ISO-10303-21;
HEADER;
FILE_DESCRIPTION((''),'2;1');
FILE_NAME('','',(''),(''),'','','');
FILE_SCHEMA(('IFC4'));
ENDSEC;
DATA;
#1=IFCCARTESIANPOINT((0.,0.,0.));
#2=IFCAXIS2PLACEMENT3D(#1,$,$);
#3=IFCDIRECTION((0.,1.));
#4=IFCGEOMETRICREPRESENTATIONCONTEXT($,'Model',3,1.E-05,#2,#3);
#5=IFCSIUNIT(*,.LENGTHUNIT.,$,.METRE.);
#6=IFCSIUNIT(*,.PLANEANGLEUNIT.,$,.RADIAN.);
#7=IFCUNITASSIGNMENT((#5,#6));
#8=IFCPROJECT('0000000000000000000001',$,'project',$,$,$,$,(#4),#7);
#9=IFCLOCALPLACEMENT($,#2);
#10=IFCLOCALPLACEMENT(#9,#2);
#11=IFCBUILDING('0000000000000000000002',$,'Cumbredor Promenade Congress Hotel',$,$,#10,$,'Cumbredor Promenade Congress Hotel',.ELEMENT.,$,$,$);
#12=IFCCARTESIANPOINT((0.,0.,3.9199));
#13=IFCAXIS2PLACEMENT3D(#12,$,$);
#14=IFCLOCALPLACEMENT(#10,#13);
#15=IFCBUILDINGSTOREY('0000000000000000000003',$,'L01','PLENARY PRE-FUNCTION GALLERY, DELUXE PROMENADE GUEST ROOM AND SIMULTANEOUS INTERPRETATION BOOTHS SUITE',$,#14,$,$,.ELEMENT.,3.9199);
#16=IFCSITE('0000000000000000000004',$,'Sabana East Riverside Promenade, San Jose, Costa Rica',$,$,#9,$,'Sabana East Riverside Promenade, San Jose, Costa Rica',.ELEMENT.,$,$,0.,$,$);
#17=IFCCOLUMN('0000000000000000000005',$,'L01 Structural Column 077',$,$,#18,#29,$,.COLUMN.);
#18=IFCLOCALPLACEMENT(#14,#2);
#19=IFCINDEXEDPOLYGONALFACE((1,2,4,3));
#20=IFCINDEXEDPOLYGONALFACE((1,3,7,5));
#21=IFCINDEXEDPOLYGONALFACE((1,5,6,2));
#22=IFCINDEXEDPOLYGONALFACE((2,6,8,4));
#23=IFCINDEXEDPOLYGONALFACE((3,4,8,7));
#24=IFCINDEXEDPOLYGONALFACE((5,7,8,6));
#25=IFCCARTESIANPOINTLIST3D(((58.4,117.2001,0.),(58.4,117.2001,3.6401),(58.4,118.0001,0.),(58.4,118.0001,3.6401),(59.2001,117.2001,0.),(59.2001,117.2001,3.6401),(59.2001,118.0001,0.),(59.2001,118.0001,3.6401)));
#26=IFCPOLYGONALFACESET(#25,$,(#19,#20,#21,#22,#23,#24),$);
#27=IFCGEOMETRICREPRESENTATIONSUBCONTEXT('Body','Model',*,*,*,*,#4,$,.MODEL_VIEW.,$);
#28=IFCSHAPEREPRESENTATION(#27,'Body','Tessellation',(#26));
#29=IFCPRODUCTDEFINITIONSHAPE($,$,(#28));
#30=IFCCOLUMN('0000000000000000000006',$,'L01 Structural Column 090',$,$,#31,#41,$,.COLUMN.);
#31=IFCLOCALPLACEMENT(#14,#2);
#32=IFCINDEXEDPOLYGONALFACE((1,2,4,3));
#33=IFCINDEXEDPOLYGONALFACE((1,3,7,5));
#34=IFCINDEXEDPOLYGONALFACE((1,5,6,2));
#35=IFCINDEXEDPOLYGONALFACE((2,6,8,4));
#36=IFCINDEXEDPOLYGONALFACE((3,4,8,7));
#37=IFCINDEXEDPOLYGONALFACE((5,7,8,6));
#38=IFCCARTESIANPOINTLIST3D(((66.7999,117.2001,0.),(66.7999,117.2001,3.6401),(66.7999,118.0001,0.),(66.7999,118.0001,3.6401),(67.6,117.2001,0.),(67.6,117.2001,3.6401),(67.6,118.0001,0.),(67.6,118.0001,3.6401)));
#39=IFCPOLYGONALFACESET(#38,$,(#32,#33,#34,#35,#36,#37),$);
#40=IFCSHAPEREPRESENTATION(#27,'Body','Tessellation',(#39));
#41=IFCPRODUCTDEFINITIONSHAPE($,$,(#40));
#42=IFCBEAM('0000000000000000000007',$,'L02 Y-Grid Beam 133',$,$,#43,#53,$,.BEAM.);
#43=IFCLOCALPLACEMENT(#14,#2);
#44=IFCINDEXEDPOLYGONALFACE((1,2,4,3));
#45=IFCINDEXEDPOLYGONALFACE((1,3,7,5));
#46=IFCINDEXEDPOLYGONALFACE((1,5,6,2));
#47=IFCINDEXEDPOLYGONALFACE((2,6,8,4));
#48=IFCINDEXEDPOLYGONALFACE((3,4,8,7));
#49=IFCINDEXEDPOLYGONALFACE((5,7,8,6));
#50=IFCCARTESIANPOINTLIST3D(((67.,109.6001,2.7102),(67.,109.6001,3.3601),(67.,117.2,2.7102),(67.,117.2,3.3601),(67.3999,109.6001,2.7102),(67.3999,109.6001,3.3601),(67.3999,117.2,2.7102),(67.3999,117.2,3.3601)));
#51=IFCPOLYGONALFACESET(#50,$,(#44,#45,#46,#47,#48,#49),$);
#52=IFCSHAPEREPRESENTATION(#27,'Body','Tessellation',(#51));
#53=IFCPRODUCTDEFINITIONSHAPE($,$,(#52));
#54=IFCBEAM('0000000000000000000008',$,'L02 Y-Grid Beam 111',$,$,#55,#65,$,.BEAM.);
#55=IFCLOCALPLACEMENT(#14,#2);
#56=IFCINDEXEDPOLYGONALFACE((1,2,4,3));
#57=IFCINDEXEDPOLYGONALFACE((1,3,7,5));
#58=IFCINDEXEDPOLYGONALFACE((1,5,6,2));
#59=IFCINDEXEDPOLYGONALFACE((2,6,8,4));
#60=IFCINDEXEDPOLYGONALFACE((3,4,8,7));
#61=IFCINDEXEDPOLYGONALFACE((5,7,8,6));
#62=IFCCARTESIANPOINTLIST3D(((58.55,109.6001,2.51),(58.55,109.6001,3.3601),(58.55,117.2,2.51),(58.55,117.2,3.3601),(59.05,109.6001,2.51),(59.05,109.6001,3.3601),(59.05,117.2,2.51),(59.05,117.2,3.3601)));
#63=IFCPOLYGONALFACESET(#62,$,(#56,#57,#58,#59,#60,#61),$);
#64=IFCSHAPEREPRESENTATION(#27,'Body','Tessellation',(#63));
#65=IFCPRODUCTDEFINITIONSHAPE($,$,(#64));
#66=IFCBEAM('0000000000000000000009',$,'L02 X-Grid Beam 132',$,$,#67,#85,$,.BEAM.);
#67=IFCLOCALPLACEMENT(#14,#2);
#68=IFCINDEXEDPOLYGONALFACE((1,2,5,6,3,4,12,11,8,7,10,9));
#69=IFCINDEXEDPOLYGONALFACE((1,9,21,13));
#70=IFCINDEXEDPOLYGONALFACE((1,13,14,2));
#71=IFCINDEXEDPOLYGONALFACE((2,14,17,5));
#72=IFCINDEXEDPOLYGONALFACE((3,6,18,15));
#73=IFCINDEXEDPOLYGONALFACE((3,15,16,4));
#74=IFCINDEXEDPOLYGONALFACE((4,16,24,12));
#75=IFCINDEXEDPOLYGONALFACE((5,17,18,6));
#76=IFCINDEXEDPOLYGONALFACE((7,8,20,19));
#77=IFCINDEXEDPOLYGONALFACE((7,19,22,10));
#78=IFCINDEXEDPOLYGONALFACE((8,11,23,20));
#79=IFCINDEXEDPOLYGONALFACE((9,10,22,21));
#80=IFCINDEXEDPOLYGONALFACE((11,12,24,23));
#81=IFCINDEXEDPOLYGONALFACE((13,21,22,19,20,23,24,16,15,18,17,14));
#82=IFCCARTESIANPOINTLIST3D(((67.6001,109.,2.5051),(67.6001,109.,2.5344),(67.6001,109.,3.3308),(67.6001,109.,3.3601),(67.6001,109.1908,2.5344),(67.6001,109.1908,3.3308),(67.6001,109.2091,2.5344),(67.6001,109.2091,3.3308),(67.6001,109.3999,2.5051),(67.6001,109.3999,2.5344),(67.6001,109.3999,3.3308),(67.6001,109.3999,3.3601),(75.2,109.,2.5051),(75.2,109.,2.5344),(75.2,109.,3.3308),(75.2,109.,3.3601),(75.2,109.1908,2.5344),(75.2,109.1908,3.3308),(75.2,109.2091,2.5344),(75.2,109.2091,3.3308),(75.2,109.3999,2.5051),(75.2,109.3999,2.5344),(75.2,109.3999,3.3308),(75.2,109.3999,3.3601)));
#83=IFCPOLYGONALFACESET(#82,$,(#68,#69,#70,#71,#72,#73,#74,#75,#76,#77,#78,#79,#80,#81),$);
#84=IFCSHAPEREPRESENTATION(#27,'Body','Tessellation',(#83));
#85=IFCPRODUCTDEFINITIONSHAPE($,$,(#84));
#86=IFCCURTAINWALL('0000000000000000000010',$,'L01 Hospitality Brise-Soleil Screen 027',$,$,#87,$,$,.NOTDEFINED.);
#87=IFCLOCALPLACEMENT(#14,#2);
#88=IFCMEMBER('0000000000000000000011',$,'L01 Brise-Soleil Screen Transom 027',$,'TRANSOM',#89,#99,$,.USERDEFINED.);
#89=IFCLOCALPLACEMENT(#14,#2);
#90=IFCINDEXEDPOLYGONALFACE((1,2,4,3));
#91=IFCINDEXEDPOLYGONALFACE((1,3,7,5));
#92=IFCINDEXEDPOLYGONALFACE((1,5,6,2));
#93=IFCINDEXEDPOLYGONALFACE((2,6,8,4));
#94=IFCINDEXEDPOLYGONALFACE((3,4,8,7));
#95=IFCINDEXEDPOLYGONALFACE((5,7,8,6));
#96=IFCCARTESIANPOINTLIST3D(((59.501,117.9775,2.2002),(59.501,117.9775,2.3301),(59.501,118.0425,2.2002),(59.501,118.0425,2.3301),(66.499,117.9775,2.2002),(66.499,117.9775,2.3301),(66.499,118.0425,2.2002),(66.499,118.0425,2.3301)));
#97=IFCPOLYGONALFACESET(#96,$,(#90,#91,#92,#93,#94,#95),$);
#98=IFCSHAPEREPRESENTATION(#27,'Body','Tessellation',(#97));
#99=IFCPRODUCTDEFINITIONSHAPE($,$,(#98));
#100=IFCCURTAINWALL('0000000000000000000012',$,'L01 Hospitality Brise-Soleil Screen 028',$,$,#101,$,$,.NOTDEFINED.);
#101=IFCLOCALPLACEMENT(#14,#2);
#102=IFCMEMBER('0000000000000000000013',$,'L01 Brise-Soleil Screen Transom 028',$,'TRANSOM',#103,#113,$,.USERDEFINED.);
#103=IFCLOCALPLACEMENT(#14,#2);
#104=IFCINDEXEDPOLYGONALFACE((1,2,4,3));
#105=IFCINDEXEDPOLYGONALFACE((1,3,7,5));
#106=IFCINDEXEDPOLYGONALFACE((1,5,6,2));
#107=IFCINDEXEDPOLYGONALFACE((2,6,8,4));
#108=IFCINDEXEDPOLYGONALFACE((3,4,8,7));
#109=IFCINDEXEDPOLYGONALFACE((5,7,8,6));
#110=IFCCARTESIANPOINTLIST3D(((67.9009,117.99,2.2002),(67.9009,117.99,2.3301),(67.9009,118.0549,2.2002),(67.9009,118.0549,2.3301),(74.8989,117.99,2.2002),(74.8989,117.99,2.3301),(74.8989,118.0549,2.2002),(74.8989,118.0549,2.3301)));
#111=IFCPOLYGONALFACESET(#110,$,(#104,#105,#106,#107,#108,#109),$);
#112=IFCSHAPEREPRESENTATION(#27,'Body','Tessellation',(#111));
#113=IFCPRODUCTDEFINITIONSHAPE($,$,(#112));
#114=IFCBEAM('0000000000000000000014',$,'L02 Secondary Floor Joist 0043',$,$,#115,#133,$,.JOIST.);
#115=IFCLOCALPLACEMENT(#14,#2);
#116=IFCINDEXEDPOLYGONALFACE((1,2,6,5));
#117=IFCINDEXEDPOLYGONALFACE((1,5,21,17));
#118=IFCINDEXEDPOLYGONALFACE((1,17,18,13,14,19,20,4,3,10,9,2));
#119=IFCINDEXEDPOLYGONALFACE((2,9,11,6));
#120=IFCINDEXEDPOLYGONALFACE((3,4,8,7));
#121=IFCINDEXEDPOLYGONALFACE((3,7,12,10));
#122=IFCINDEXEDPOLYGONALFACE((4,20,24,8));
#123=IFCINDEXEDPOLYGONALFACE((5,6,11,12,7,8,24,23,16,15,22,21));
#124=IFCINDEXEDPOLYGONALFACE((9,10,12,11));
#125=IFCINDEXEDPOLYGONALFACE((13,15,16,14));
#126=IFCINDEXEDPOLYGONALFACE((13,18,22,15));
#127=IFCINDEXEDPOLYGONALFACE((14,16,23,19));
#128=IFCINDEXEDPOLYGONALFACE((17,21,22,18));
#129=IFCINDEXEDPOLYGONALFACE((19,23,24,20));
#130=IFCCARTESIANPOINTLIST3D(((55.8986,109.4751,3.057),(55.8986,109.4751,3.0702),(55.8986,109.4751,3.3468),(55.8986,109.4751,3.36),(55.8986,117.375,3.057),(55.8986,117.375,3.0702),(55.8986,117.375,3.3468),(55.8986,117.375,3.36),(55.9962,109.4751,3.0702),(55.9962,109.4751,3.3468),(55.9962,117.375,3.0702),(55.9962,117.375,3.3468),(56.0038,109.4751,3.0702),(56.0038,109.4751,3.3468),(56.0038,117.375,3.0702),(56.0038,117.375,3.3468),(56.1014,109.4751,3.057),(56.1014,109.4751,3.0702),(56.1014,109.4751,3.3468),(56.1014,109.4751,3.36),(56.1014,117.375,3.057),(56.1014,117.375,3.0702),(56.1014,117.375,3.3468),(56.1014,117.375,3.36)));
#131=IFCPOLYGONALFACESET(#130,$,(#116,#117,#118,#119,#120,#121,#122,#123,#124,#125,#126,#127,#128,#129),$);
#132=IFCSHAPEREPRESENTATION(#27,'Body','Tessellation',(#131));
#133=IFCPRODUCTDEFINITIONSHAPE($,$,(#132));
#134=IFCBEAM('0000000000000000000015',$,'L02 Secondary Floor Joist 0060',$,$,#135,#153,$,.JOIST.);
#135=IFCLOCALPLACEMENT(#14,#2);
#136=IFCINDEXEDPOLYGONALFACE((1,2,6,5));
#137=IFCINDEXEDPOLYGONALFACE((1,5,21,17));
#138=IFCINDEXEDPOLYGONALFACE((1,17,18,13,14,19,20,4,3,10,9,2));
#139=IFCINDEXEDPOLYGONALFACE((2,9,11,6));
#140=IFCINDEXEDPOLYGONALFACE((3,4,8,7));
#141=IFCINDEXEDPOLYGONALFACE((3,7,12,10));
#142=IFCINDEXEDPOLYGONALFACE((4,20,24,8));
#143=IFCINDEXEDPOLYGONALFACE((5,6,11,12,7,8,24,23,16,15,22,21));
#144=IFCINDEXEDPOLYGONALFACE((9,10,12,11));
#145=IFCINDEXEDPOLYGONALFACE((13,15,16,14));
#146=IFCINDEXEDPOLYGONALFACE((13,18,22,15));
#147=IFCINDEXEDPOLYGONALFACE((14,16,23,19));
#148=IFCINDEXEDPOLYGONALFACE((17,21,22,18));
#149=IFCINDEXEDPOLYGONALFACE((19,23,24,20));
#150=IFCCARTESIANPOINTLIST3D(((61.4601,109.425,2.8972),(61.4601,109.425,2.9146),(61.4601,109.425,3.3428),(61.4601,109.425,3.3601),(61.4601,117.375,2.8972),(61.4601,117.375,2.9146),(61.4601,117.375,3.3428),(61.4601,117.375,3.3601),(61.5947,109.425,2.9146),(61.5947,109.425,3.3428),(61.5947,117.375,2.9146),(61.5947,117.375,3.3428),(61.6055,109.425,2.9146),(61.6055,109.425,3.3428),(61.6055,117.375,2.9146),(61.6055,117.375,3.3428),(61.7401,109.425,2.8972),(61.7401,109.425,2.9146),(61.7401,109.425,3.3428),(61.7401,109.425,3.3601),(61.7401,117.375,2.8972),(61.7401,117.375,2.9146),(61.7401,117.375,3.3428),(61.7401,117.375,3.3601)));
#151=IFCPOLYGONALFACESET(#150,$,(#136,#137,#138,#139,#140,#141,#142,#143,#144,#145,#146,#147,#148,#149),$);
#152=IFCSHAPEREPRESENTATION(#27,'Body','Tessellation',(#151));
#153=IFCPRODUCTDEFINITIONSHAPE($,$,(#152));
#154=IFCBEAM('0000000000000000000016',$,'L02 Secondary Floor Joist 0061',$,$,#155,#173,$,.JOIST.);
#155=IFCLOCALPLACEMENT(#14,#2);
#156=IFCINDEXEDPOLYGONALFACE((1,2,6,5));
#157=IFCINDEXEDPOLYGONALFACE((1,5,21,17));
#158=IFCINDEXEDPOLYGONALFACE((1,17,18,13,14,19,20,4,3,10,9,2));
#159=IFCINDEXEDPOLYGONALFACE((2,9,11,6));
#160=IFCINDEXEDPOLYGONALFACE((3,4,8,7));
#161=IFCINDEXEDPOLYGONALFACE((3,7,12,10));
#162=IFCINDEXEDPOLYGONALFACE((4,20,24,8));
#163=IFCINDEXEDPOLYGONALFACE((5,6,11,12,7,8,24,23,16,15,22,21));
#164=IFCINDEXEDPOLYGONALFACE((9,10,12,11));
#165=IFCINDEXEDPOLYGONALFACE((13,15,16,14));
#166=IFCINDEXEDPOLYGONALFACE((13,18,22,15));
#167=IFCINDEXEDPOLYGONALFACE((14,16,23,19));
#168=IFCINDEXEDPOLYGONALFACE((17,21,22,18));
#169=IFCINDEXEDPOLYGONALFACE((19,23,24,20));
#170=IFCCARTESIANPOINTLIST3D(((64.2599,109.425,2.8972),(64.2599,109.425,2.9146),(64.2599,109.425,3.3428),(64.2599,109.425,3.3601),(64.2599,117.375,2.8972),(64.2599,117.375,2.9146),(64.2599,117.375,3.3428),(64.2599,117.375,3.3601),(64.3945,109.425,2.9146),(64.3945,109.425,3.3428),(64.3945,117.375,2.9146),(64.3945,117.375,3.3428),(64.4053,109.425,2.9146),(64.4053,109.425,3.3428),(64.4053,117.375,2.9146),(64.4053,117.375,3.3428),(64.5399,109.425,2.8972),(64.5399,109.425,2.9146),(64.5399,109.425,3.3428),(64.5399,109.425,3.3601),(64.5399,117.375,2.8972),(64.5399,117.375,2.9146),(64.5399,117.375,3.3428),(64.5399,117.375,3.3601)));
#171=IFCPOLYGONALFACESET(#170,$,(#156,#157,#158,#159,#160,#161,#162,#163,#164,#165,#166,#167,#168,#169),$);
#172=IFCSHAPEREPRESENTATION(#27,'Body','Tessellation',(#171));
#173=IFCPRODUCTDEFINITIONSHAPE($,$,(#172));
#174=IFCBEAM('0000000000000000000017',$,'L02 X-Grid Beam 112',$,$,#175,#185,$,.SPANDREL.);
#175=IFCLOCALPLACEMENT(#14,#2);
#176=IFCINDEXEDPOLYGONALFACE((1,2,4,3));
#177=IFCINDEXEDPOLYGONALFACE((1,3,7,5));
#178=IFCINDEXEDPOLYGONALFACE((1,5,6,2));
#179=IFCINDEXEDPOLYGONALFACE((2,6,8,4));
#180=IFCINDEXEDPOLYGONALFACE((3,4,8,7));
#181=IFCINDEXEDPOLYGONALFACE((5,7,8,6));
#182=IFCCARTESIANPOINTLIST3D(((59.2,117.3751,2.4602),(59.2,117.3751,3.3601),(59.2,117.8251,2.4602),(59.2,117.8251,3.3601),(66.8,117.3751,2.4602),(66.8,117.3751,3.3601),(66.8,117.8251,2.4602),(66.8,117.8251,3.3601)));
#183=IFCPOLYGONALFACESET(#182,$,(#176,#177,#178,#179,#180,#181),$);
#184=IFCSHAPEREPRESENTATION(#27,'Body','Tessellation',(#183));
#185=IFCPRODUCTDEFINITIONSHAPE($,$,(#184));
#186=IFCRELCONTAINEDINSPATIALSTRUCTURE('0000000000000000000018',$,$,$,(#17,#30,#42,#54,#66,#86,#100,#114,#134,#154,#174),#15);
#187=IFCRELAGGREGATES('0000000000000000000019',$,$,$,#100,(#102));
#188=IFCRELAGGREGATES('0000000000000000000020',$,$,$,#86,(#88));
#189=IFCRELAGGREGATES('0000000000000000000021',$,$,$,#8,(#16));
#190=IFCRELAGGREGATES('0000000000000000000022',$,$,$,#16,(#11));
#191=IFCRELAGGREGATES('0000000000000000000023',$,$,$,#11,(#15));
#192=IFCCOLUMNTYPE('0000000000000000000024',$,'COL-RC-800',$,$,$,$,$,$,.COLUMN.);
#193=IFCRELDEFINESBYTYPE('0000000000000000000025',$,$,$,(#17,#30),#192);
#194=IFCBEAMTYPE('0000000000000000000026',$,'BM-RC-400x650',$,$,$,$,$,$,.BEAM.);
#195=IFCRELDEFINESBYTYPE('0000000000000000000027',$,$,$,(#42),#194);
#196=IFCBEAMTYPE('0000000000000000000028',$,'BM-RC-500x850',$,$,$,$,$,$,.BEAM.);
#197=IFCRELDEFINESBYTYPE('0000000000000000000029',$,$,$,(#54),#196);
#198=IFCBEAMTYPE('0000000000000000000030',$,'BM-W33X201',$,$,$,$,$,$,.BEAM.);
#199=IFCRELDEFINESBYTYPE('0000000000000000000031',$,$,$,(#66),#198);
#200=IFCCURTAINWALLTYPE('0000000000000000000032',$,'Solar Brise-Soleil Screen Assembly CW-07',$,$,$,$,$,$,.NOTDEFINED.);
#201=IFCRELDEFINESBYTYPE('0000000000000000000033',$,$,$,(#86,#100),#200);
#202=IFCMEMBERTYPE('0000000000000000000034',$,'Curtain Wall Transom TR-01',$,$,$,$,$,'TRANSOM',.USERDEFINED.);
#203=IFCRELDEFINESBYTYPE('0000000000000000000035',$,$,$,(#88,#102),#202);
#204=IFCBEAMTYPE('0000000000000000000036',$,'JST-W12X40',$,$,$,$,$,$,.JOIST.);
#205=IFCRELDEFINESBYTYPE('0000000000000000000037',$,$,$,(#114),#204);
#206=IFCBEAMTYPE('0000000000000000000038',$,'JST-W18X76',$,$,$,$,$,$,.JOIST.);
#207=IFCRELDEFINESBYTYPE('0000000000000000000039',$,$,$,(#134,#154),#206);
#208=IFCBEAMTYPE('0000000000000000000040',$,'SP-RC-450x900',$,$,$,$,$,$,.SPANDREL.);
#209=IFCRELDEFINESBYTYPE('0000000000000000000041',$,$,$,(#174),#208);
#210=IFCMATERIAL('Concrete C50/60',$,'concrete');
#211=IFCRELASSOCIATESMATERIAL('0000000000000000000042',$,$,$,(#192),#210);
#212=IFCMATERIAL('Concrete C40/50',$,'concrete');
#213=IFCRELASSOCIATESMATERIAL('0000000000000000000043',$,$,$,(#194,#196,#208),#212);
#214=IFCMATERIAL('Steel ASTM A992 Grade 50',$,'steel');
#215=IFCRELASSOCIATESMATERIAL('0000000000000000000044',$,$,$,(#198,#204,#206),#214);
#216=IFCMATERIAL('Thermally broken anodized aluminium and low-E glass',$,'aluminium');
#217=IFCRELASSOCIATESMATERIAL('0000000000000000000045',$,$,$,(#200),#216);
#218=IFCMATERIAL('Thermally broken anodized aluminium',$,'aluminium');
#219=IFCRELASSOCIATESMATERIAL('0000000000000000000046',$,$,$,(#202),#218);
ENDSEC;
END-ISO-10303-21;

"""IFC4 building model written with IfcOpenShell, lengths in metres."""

from ifc_helpers import new_model, si_unit, direction, frame, origin, origin_2d, place, context, subcontext, project, spatial, rectangle, i_section, extrude, material, material_profile, profile_set, type_object, element, aggregate, save


model = new_model("IFC4")

# Units and contexts
model_context = context("Model", 3, precision=1e-05, world=origin(), true_north=direction((0.0, 1.0)))
body_context = subcontext(model_context, "Body", "Model", "MODEL_VIEW")
ifc_project = project(units=[si_unit("LENGTHUNIT", "METRE"), si_unit("PLANEANGLEUNIT", "RADIAN")], contexts=[model_context])

# Site, building, storey
site_placement = place(None, origin())
site = spatial("IfcSite", under=ifc_project, at=site_placement, Name="Sabana East Riverside Promenade, San Jose, Costa Rica", LongName="Sabana East Riverside Promenade, San Jose, Costa Rica", CompositionType="ELEMENT", RefElevation=0.0)
building_placement = place(site_placement, origin())
building = spatial("IfcBuilding", under=site, at=building_placement, Name="Cumbredor Promenade Congress Hotel", LongName="Cumbredor Promenade Congress Hotel", CompositionType="ELEMENT")
storey_placement = place(building_placement, frame((0.0, 0.0, 3.9199)))
storey = spatial("IfcBuildingStorey", under=building, at=storey_placement, Name="L01", Description="PLENARY PRE-FUNCTION GALLERY, DELUXE PROMENADE GUEST ROOM AND SIMULTANEOUS INTERPRETATION BOOTHS SUITE", CompositionType="ELEMENT", Elevation=3.9199)

# Columns
ifc_material_1 = material(Name="Concrete C50/60", Category="concrete")
ifc_material_profile_1 = material_profile(ifc_material_1, rectangle(XDim=0.8, YDim=0.8, at=origin_2d()), Name="RC 800x800")
ifc_profile_set_1 = profile_set([ifc_material_profile_1], Name="Concrete C50/60")
column_type = type_object("IfcColumnType", Name="COL-RC-800", PredefinedType="COLUMN", material=ifc_profile_set_1)
for number, where, z_axis, x_axis, name in (
    (1, (58.8, 117.6001, 0.0), (0.0, 0.0, 1.0), (1.0, 0.0, 0.0), "L01 Structural Column 077"),
    (2, (67.2, 117.6001, 0.0), (0.0, 0.0, 1.0), (1.0, 0.0, 0.0), "L01 Structural Column 090"),
):
    element("IfcColumn", number, at=place(storey_placement, frame(where, z_axis=z_axis, x_axis=x_axis)), inside=storey, type_object=column_type, Name=name, PredefinedType="COLUMN", context=body_context, shape_type="SweptSolid", body=[
        extrude(rectangle(XDim=0.8, YDim=0.8, at=origin_2d()), origin(), (0.0, 0.0, 1.0), 3.6401),
    ])

# Beams
ifc_material_2 = material(Name="Concrete C40/50", Category="concrete")
ifc_material_profile_2 = material_profile(ifc_material_2, rectangle(XDim=0.3999, YDim=0.6499, at=origin_2d()), Name="RC BEAM 400x650")
ifc_profile_set_2 = profile_set([ifc_material_profile_2], Name="Concrete C40/50")
beam_type_1 = type_object("IfcBeamType", Name="BM-RC-400x650", PredefinedType="BEAM", material=ifc_profile_set_2)
beam_1_placement = place(storey_placement, frame((67.2, 109.6001, 3.0352), z_axis=(0.0, 1.0, 0.0), x_axis=(-1.0, 0.0, 0.0)))
element("IfcBeam", 3, at=beam_1_placement, inside=storey, type_object=beam_type_1, Name="L02 Y-Grid Beam 133", PredefinedType="BEAM", context=body_context, shape_type="SweptSolid", body=[
    extrude(rectangle(XDim=0.3999, YDim=0.6499, at=origin_2d()), origin(), (0.0, 0.0, 1.0), 7.5999),
])
ifc_material_profile_3 = material_profile(ifc_material_2, rectangle(XDim=0.5, YDim=0.8501, at=origin_2d()), Name="RC BEAM 500x850")
ifc_profile_set_3 = profile_set([ifc_material_profile_3], Name="Concrete C40/50")
beam_type_2 = type_object("IfcBeamType", Name="BM-RC-500x850", PredefinedType="BEAM", material=ifc_profile_set_3)
beam_2_placement = place(storey_placement, frame((58.8, 109.6001, 2.9351), z_axis=(0.0, 1.0, 0.0), x_axis=(-1.0, 0.0, 0.0)))
element("IfcBeam", 4, at=beam_2_placement, inside=storey, type_object=beam_type_2, Name="L02 Y-Grid Beam 111", PredefinedType="BEAM", context=body_context, shape_type="SweptSolid", body=[
    extrude(rectangle(XDim=0.5, YDim=0.8501, at=origin_2d()), origin(), (0.0, 0.0, 1.0), 7.5999),
])
ifc_material_3 = material(Name="Steel ASTM A992 Grade 50", Category="steel")
ifc_material_profile_4 = material_profile(ifc_material_3, i_section(OverallWidth=0.3999, OverallDepth=0.855, WebThickness=0.0183, FlangeThickness=0.0293, at=origin_2d()), Name="W33X201")
ifc_profile_set_4 = profile_set([ifc_material_profile_4], Name="Steel ASTM A992 Grade 50")
beam_type_3 = type_object("IfcBeamType", Name="BM-W33X201", PredefinedType="BEAM", material=ifc_profile_set_4)
beam_3_placement = place(storey_placement, frame((67.6001, 109.2, 2.9326), z_axis=(1.0, 0.0, 0.0), x_axis=(0.0, 1.0, 0.0)))
element("IfcBeam", 5, at=beam_3_placement, inside=storey, type_object=beam_type_3, Name="L02 X-Grid Beam 132", PredefinedType="BEAM", context=body_context, shape_type="SweptSolid", body=[
    extrude(i_section(OverallWidth=0.3999, OverallDepth=0.855, WebThickness=0.0183, FlangeThickness=0.0293, at=origin_2d()), origin(), (0.0, 0.0, 1.0), 7.5999),
])

# Curtain walls, members
ifc_material_4 = material(Name="Thermally broken anodized aluminium and low-E glass", Category="aluminium")
curtain_wall_type = type_object("IfcCurtainWallType", Name="Solar Brise-Soleil Screen Assembly CW-07", PredefinedType="NOTDEFINED", material=ifc_material_4)
curtain_wall_1_placement = place(storey_placement, origin())
curtain_wall_1 = element("IfcCurtainWall", 6, at=curtain_wall_1_placement, inside=storey, type_object=curtain_wall_type, Name="L01 Hospitality Brise-Soleil Screen 027", PredefinedType="NOTDEFINED")
ifc_material_5 = material(Name="Thermally broken anodized aluminium", Category="aluminium")
ifc_material_profile_5 = material_profile(ifc_material_5, rectangle(XDim=0.0649, YDim=0.1299, at=origin_2d()), Name="ALU TRANSOM 65x130")
ifc_profile_set_5 = profile_set([ifc_material_profile_5], Name="Thermally broken anodized aluminium")
member_type_1 = type_object("IfcMemberType", Name="Curtain Wall Transom TR-01", ElementType="TRANSOM", PredefinedType="USERDEFINED", material=ifc_profile_set_5)
member_1_placement = place(storey_placement, frame((59.501, 118.01, 2.2651), z_axis=(1.0, 0.0, 0.0), x_axis=(0.0, 1.0, 0.0)))
member_1 = element("IfcMember", 7, at=member_1_placement, type_object=member_type_1, Name="L01 Brise-Soleil Screen Transom 027", ObjectType="TRANSOM", PredefinedType="USERDEFINED", context=body_context, shape_type="SweptSolid", body=[
    extrude(rectangle(XDim=0.0649, YDim=0.1299, at=origin_2d()), origin(), (0.0, 0.0, 1.0), 6.998),
])
curtain_wall_2_placement = place(storey_placement, origin())
curtain_wall_2 = element("IfcCurtainWall", 8, at=curtain_wall_2_placement, inside=storey, type_object=curtain_wall_type, Name="L01 Hospitality Brise-Soleil Screen 028", PredefinedType="NOTDEFINED")
member_2_placement = place(storey_placement, frame((67.9009, 118.0225, 2.2651), z_axis=(1.0, 0.0, 0.0), x_axis=(0.0, 1.0, 0.0)))
member_2 = element("IfcMember", 9, at=member_2_placement, type_object=member_type_1, Name="L01 Brise-Soleil Screen Transom 028", ObjectType="TRANSOM", PredefinedType="USERDEFINED", context=body_context, shape_type="SweptSolid", body=[
    extrude(rectangle(XDim=0.0649, YDim=0.1299, at=origin_2d()), origin(), (0.0, 0.0, 1.0), 6.998),
])

# Beams
ifc_material_profile_6 = material_profile(ifc_material_3, i_section(OverallWidth=0.2029, OverallDepth=0.303, WebThickness=0.0076, FlangeThickness=0.0132, at=origin_2d()), Name="W12X40")
ifc_profile_set_6 = profile_set([ifc_material_profile_6], Name="Steel ASTM A992 Grade 50")
beam_type_4 = type_object("IfcBeamType", Name="JST-W12X40", PredefinedType="JOIST", material=ifc_profile_set_6)
beam_4_placement = place(storey_placement, frame((56.0, 109.4751, 3.2085), z_axis=(0.0, 1.0, 0.0), x_axis=(-1.0, 0.0, 0.0)))
element("IfcBeam", 10, at=beam_4_placement, inside=storey, type_object=beam_type_4, Name="L02 Secondary Floor Joist 0043", PredefinedType="JOIST", context=body_context, shape_type="SweptSolid", body=[
    extrude(i_section(OverallWidth=0.2029, OverallDepth=0.303, WebThickness=0.0076, FlangeThickness=0.0132, at=origin_2d()), origin(), (0.0, 0.0, 1.0), 7.8999),
])
ifc_material_profile_7 = material_profile(ifc_material_3, i_section(OverallWidth=0.28, OverallDepth=0.4629, WebThickness=0.0107, FlangeThickness=0.0173, at=origin_2d()), Name="W18X76")
ifc_profile_set_7 = profile_set([ifc_material_profile_7], Name="Steel ASTM A992 Grade 50")
beam_type_5 = type_object("IfcBeamType", Name="JST-W18X76", PredefinedType="JOIST", material=ifc_profile_set_7)
for number, where, z_axis, x_axis, name in (
    (11, (61.6001, 109.425, 3.1287), (0.0, 1.0, 0.0), (-1.0, 0.0, 0.0), "L02 Secondary Floor Joist 0060"),
    (12, (64.3999, 109.425, 3.1287), (0.0, 1.0, 0.0), (-1.0, 0.0, 0.0), "L02 Secondary Floor Joist 0061"),
):
    element("IfcBeam", number, at=place(storey_placement, frame(where, z_axis=z_axis, x_axis=x_axis)), inside=storey, type_object=beam_type_5, Name=name, PredefinedType="JOIST", context=body_context, shape_type="SweptSolid", body=[
        extrude(i_section(OverallWidth=0.28, OverallDepth=0.4629, WebThickness=0.0107, FlangeThickness=0.0173, at=origin_2d()), origin(), (0.0, 0.0, 1.0), 7.95),
    ])
ifc_material_profile_8 = material_profile(ifc_material_2, rectangle(XDim=0.45, YDim=0.8999, at=origin_2d()), Name="RC SPANDREL 450x900")
ifc_profile_set_8 = profile_set([ifc_material_profile_8], Name="Concrete C40/50")
beam_type_6 = type_object("IfcBeamType", Name="SP-RC-450x900", PredefinedType="SPANDREL", material=ifc_profile_set_8)
beam_5_placement = place(storey_placement, frame((59.2, 117.6001, 2.9102), z_axis=(1.0, 0.0, 0.0), x_axis=(0.0, 1.0, 0.0)))
element("IfcBeam", 13, at=beam_5_placement, inside=storey, type_object=beam_type_6, Name="L02 X-Grid Beam 112", PredefinedType="SPANDREL", context=body_context, shape_type="SweptSolid", body=[
    extrude(rectangle(XDim=0.45, YDim=0.8999, at=origin_2d()), origin(), (0.0, 0.0, 1.0), 7.6001),
])

aggregate(curtain_wall_2, [member_2])

aggregate(curtain_wall_1, [member_1])

save(model, "model.ifc")
